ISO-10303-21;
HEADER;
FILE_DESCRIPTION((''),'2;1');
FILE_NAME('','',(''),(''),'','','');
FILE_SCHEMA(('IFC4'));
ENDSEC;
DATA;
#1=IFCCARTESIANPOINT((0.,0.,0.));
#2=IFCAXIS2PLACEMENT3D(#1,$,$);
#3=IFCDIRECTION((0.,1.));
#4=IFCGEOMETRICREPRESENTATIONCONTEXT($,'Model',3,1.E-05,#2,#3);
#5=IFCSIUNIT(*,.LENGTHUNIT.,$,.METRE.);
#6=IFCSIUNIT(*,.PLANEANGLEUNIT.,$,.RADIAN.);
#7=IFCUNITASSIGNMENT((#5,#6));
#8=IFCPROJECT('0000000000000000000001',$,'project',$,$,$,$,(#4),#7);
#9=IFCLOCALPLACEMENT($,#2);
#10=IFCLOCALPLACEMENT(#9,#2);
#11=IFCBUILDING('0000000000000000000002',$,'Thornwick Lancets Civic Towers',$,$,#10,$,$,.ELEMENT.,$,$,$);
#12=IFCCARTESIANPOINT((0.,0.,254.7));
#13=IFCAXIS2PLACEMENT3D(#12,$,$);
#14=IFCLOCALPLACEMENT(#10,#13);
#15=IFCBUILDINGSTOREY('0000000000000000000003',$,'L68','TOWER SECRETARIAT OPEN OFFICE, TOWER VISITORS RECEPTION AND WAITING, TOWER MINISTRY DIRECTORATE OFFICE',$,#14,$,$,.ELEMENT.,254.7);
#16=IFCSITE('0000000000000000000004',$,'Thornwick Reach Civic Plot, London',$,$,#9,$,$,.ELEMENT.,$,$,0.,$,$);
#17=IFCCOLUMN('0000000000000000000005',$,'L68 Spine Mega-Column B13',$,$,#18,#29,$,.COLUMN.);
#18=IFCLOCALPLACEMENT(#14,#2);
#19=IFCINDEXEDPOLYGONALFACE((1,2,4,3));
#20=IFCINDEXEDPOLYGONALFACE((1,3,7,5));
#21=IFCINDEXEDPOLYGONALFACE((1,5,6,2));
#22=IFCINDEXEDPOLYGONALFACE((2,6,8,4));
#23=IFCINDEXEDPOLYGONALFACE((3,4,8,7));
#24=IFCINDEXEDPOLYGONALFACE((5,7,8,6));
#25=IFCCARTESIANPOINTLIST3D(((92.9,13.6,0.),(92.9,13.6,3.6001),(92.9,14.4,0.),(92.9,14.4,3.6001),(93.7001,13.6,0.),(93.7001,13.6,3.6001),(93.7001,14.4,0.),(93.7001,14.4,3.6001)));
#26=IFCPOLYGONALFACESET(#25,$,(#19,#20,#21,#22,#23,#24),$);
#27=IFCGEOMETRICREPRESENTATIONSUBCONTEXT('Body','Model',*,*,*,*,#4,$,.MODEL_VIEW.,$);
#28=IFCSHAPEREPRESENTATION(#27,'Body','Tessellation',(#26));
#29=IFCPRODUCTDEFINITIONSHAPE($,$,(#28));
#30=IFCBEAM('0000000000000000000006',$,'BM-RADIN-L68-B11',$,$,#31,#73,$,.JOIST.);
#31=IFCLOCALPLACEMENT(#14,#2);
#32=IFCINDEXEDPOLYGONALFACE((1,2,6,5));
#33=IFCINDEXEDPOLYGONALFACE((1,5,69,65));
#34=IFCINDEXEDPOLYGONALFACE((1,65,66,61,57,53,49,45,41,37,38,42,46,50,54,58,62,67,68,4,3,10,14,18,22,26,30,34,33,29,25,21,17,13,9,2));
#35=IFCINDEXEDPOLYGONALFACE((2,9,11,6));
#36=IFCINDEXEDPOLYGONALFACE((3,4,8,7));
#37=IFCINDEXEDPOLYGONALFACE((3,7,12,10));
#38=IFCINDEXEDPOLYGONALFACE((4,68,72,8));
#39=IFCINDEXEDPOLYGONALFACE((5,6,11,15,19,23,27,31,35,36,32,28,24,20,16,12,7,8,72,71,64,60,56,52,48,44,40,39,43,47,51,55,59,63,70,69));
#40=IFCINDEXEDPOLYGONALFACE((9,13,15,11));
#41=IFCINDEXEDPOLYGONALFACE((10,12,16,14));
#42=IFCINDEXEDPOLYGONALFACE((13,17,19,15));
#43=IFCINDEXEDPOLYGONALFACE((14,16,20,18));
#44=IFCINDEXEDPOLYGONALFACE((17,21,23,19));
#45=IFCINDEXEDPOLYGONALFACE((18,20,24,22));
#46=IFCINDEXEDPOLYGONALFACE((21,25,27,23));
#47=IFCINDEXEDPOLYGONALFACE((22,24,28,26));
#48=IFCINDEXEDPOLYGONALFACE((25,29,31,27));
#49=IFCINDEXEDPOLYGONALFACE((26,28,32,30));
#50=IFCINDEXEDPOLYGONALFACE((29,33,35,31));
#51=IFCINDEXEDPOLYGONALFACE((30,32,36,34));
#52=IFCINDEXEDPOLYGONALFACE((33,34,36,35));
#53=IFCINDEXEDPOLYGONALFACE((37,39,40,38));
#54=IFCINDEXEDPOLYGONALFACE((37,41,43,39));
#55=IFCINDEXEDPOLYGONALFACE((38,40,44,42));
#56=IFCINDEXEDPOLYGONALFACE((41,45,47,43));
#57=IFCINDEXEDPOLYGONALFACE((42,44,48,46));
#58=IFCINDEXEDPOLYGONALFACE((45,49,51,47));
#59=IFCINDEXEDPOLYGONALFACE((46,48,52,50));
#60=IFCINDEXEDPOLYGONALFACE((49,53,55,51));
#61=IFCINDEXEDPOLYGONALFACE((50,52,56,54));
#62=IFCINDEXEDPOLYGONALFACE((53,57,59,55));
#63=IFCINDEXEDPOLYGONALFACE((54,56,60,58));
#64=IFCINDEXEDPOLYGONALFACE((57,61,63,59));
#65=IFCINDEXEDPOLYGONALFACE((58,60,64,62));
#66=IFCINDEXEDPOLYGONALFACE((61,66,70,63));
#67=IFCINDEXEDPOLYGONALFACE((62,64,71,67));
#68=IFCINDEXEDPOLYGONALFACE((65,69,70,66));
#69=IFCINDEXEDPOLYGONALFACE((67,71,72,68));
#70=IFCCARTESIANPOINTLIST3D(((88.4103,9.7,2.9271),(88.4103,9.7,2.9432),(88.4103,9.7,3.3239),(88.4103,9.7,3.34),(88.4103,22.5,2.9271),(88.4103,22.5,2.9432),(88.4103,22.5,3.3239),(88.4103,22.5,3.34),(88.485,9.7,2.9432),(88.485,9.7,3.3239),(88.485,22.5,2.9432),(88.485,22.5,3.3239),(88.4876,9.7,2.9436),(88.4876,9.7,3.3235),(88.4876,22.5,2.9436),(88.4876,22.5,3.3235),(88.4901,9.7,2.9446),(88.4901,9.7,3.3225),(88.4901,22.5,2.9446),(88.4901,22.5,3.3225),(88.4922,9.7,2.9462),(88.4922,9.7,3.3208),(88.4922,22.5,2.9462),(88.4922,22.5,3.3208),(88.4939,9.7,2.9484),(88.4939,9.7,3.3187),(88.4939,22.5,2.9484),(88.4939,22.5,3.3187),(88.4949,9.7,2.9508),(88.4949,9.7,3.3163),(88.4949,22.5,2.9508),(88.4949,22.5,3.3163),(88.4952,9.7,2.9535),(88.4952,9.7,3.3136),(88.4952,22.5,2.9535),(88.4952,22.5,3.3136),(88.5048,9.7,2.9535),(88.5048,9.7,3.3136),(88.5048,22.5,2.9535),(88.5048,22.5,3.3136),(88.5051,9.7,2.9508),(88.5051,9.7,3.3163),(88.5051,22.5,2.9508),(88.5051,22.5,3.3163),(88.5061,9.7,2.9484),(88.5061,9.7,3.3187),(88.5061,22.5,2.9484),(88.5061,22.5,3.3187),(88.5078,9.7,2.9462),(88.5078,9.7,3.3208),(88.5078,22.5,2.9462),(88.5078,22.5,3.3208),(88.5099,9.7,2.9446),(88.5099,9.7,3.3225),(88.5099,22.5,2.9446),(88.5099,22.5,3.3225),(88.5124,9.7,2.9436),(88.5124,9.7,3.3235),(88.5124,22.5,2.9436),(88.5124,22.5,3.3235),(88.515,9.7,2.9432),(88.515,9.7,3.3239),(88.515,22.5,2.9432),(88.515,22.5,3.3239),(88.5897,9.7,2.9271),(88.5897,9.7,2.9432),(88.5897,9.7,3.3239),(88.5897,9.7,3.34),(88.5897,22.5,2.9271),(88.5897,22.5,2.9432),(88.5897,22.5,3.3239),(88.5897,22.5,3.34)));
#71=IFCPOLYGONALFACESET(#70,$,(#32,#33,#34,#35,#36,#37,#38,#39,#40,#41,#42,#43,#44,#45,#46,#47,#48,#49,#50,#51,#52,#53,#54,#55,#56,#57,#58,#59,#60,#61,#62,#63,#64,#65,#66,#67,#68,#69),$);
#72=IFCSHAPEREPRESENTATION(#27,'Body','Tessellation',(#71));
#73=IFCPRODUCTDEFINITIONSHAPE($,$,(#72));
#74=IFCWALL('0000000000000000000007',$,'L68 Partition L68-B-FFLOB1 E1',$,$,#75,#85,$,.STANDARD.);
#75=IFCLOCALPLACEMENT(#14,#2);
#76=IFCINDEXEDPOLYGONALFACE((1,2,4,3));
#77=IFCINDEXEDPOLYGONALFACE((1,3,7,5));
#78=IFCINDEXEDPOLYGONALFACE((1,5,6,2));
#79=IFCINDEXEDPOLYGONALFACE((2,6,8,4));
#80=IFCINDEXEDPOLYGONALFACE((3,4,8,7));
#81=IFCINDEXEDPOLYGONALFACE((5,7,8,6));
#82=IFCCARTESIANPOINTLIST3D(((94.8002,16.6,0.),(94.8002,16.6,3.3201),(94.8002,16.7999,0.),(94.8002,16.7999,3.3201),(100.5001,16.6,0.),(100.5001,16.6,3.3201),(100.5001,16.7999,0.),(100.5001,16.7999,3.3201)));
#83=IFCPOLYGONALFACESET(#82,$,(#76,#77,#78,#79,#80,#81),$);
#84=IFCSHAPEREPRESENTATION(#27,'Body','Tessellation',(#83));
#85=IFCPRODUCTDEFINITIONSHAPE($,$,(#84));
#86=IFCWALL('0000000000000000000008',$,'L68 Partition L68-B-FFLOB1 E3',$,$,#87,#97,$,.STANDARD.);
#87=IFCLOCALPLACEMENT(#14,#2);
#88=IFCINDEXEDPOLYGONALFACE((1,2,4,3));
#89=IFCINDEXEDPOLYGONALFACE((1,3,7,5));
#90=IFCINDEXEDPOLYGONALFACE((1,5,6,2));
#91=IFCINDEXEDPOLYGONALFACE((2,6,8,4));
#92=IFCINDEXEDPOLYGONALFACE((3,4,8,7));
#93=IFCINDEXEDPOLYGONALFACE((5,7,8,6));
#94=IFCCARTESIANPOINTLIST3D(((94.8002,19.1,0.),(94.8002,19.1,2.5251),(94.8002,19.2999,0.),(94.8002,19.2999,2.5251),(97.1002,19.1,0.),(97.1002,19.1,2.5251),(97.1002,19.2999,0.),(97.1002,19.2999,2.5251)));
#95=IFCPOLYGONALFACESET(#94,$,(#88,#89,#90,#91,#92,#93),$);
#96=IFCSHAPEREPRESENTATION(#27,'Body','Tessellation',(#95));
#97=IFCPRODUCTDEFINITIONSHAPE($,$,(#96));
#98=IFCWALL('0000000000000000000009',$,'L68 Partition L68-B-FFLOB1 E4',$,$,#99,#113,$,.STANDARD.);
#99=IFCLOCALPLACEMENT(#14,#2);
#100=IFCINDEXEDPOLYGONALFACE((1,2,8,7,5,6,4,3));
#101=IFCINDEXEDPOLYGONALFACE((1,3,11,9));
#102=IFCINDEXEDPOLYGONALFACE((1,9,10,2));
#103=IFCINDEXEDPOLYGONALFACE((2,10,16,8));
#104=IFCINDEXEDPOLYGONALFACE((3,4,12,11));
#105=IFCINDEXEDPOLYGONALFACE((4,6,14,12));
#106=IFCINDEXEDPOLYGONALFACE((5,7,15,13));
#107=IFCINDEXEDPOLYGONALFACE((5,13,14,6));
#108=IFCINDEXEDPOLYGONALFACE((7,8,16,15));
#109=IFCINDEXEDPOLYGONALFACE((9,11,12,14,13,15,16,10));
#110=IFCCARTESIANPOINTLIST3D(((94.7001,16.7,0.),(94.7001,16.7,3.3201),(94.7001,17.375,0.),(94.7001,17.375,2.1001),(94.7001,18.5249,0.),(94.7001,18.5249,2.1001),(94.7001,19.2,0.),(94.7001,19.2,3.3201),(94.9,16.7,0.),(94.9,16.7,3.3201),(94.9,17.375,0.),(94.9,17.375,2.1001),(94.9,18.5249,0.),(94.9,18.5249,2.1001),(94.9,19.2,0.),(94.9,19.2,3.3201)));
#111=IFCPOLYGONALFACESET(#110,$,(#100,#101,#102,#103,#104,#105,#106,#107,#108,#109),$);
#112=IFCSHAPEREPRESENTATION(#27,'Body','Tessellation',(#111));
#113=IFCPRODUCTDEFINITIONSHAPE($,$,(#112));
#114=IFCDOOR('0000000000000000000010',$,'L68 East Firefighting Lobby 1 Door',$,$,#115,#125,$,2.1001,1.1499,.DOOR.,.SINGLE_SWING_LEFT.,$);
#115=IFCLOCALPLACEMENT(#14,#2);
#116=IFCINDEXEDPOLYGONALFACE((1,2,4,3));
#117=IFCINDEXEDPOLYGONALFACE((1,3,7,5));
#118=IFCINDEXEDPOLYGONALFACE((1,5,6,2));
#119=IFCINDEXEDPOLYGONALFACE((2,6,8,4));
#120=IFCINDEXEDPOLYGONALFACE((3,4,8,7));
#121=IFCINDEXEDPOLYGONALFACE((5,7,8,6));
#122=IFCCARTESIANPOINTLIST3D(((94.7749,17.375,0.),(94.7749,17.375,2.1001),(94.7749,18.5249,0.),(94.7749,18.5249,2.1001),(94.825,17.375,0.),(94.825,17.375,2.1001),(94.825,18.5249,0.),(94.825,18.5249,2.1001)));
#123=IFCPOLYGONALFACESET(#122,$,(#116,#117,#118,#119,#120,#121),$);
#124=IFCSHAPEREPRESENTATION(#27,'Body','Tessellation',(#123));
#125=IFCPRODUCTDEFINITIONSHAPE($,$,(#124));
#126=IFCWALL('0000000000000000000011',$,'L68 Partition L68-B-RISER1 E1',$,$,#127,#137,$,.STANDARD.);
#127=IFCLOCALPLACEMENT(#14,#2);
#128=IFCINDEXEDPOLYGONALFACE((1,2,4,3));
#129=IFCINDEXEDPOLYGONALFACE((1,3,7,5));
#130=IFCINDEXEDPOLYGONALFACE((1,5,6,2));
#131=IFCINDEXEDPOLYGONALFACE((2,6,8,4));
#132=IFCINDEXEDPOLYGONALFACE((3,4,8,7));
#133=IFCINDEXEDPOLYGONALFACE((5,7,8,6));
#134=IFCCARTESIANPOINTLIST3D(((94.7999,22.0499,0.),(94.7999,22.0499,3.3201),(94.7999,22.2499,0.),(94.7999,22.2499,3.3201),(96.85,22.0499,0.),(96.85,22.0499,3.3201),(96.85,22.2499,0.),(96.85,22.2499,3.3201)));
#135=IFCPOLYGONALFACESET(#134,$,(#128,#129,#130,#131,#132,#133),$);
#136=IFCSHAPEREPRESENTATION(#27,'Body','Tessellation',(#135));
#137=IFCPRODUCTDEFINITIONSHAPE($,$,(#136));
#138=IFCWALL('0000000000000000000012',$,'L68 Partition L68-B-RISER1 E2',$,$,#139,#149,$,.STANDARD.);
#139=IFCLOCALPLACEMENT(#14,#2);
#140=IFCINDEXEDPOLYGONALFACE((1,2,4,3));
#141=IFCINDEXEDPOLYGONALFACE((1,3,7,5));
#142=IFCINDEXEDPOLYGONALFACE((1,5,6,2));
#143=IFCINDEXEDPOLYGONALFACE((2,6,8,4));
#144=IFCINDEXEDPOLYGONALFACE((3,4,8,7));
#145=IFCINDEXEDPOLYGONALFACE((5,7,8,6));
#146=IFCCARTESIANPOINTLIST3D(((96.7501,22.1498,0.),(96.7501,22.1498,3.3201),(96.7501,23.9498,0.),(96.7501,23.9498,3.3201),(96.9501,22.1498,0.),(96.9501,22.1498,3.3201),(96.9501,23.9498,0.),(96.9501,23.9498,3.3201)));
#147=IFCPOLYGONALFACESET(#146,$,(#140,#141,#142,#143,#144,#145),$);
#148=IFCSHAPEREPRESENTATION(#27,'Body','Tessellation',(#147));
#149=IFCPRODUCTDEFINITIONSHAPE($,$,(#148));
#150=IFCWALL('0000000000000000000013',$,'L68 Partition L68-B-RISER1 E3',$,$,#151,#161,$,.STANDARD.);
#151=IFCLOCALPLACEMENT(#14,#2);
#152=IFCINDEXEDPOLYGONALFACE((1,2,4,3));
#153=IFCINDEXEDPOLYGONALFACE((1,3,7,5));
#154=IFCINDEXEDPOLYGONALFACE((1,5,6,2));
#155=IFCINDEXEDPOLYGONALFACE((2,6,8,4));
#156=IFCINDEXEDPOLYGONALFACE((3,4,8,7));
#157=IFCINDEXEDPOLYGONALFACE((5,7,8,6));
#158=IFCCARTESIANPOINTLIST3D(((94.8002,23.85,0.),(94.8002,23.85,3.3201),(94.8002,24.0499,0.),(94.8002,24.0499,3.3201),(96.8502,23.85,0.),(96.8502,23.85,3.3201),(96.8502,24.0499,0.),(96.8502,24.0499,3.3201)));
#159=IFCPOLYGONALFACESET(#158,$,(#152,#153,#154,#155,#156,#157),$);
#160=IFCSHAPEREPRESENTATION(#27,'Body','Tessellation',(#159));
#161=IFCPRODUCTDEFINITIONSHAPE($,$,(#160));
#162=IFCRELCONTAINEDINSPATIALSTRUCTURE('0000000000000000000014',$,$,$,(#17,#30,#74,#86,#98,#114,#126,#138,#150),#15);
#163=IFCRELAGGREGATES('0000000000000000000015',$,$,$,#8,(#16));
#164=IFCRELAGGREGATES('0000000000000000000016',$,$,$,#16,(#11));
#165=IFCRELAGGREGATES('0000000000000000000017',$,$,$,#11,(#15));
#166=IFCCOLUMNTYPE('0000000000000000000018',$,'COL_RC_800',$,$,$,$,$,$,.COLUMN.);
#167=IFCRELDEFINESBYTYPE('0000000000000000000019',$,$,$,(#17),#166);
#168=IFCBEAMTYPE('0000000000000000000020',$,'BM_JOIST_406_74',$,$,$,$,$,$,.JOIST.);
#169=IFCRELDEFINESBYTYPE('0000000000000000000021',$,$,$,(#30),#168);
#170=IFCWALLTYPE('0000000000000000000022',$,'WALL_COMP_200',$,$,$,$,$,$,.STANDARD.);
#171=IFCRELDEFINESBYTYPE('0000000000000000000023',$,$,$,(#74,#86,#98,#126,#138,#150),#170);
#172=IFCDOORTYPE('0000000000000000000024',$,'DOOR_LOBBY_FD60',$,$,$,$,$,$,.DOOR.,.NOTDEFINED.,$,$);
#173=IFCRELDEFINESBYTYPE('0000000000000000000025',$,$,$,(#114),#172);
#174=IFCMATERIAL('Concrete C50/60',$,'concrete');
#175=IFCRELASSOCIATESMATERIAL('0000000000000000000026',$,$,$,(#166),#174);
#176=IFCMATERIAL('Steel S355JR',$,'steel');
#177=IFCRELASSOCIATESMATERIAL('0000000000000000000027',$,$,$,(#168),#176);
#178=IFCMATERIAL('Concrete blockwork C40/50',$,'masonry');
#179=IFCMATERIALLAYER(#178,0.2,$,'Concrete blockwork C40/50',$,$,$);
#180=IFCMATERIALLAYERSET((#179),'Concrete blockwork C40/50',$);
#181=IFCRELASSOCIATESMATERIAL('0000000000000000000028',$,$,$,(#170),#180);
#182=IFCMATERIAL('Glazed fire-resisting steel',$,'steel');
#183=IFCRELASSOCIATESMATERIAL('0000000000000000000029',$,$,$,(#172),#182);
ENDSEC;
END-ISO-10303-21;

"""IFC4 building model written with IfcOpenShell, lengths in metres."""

from ifc_helpers import new_model, si_unit, direction, frame, frame_2d, origin, origin_2d, place, context, subcontext, project, spatial, rectangle, i_section, extrude, material, layer, layer_set, material_profile, profile_set, type_object, element, fill, save


model = new_model("IFC4")

# Units and contexts
model_context = context("Model", 3, precision=1e-05, world=origin(), true_north=direction((0.0, 1.0)))
body_context = subcontext(model_context, "Body", "Model", "MODEL_VIEW")
ifc_project = project(units=[si_unit("LENGTHUNIT", "METRE"), si_unit("PLANEANGLEUNIT", "RADIAN")], contexts=[model_context])

# Site, building, storey
site_placement = place(None, origin())
site = spatial("IfcSite", under=ifc_project, at=site_placement, Name="Thornwick Reach Civic Plot, London", CompositionType="ELEMENT", RefElevation=0.0)
building_placement = place(site_placement, origin())
building = spatial("IfcBuilding", under=site, at=building_placement, Name="Thornwick Lancets Civic Towers", CompositionType="ELEMENT")
storey_placement = place(building_placement, frame((0.0, 0.0, 254.7)))
storey = spatial("IfcBuildingStorey", under=building, at=storey_placement, Name="L68", Description="TOWER SECRETARIAT OPEN OFFICE, TOWER VISITORS RECEPTION AND WAITING, TOWER MINISTRY DIRECTORATE OFFICE", CompositionType="ELEMENT", Elevation=254.7)

# Column
ifc_material_1 = material(Name="Concrete C50/60", Category="concrete")
ifc_material_profile_1 = material_profile(ifc_material_1, rectangle(XDim=0.8, YDim=0.8, at=origin_2d()), Name="RC 800x800")
ifc_profile_set_1 = profile_set([ifc_material_profile_1], Name="Concrete C50/60")
column_type = type_object("IfcColumnType", Name="COL_RC_800", PredefinedType="COLUMN", material=ifc_profile_set_1)
column_placement = place(storey_placement, frame((93.3, 14.0, 0.0), z_axis=(0.0, 0.0, 1.0), x_axis=(1.0, 0.0, 0.0)))
element("IfcColumn", 1, at=column_placement, inside=storey, type_object=column_type, Name="L68 Spine Mega-Column B13", PredefinedType="COLUMN", context=body_context, shape_type="SweptSolid", body=[
    extrude(rectangle(XDim=0.8, YDim=0.8, at=origin_2d()), origin(), (0.0, 0.0, 1.0), 3.6001),
])

# Beam
ifc_material_2 = material(Name="Steel S355JR", Category="steel")
ifc_material_profile_2 = material_profile(ifc_material_2, i_section(OverallWidth=0.1794, OverallDepth=0.4128, WebThickness=0.0095, FlangeThickness=0.0161, FilletRadius=0.0103, at=origin_2d()), Name="UKB 406x178x74")
ifc_profile_set_2 = profile_set([ifc_material_profile_2], Name="Steel S355JR")
beam_type = type_object("IfcBeamType", Name="BM_JOIST_406_74", PredefinedType="JOIST", material=ifc_profile_set_2)
beam_placement = place(storey_placement, frame((88.5, 22.5, 3.1335), z_axis=(0.0, -1.0, 0.0), x_axis=(1.0, 0.0, 0.0)))
element("IfcBeam", 2, at=beam_placement, inside=storey, type_object=beam_type, Name="BM-RADIN-L68-B11", PredefinedType="JOIST", context=body_context, shape_type="SweptSolid", body=[
    extrude(i_section(OverallWidth=0.1794, OverallDepth=0.4128, WebThickness=0.0095, FlangeThickness=0.0161, FilletRadius=0.0103, at=origin_2d()), origin(), (0.0, 0.0, 1.0), 12.8),
])

# Walls
ifc_material_3 = material(Name="Concrete blockwork C40/50", Category="masonry")
ifc_layer_1 = layer(ifc_material_3, 0.2, Name="Concrete blockwork C40/50")
ifc_layer_set_1 = layer_set([ifc_layer_1], Name="Concrete blockwork C40/50")
wall_type_1 = type_object("IfcWallType", Name="WALL_COMP_200", PredefinedType="STANDARD", material=ifc_layer_set_1)
wall_1_placement = place(storey_placement, frame((94.8, 16.7, 0.0), z_axis=(0.0, 0.0, 1.0), x_axis=(1.0, 0.0, 0.0)))
element("IfcWall", 3, at=wall_1_placement, inside=storey, type_object=wall_type_1, Name="L68 Partition L68-B-FFLOB1 E1", PredefinedType="STANDARD", context=body_context, shape_type="SweptSolid", body=[
    extrude(rectangle(XDim=5.7, YDim=0.2, at=frame_2d((2.8501, 0.0))), origin(), (0.0, 0.0, 1.0), 3.3201),
])
wall_2_placement = place(storey_placement, frame((97.1001, 19.2, 0.0), z_axis=(0.0, 0.0, 1.0), x_axis=(-1.0, 0.0, 0.0)))
element("IfcWall", 4, at=wall_2_placement, inside=storey, type_object=wall_type_1, Name="L68 Partition L68-B-FFLOB1 E3", PredefinedType="STANDARD", context=body_context, shape_type="SweptSolid", body=[
    extrude(rectangle(XDim=2.3, YDim=0.2, at=frame_2d((1.1499, 0.0))), origin(), (0.0, 0.0, 1.0), 2.5251),
])

# Wall, opening, door
wall_3_placement = place(storey_placement, frame((94.8, 19.2, 0.0), z_axis=(0.0, 0.0, 1.0), x_axis=(0.0, -1.0, 0.0)))
wall_3 = element("IfcWall", 5, at=wall_3_placement, inside=storey, type_object=wall_type_1, Name="L68 Partition L68-B-FFLOB1 E4", PredefinedType="STANDARD", context=body_context, shape_type="SweptSolid", body=[
    extrude(rectangle(XDim=2.5, YDim=0.2, at=frame_2d((1.25, 0.0))), origin(), (0.0, 0.0, 1.0), 3.3201),
])
opening_1_placement = place(wall_3_placement, frame((0.675, 0.0, 0.0)))
opening_1 = element("IfcOpeningElement", 6, at=opening_1_placement, cuts=wall_3, PredefinedType="OPENING", context=body_context, shape_type="SweptSolid", body=[
    extrude(rectangle(XDim=1.1499, YDim=2.1001, at=frame_2d((0.575, 1.05))), frame((0.0, 0.1099, 0.0), z_axis=(0.0, -1.0, 0.0), x_axis=(1.0, 0.0, 0.0)), (0.0, 0.0, 1.0), 0.22),
])
ifc_material_4 = material(Name="Glazed fire-resisting steel", Category="steel")
door_type_1 = type_object("IfcDoorType", Name="DOOR_LOBBY_FD60", OperationType="NOTDEFINED", PredefinedType="DOOR", material=ifc_material_4)
door_1_placement = place(opening_1_placement, origin())
door_1 = element("IfcDoor", 7, at=door_1_placement, inside=storey, type_object=door_type_1, Name="L68 East Firefighting Lobby 1 Door", OperationType="SINGLE_SWING_LEFT", OverallHeight=2.1001, OverallWidth=1.1499, PredefinedType="DOOR", context=body_context, shape_type="SweptSolid", body=[
    extrude(rectangle(XDim=1.1499, YDim=2.1001, at=frame_2d((0.575, 1.05))), frame((0.0, 0.0249, 0.0), z_axis=(0.0, -1.0, 0.0), x_axis=(1.0, 0.0, 0.0)), (0.0, 0.0, 1.0), 0.05),
])
fill(opening_1, door_1)

# Walls
wall_4_placement = place(storey_placement, frame((94.8, 22.1499, 0.0), z_axis=(0.0, 0.0, 1.0), x_axis=(1.0, 0.0, 0.0)))
element("IfcWall", 8, at=wall_4_placement, inside=storey, type_object=wall_type_1, Name="L68 Partition L68-B-RISER1 E1", PredefinedType="STANDARD", context=body_context, shape_type="SweptSolid", body=[
    extrude(rectangle(XDim=2.05, YDim=0.2, at=frame_2d((1.0249, 0.0))), origin(), (0.0, 0.0, 1.0), 3.3201),
])
wall_5_placement = place(storey_placement, frame((96.8501, 22.1499, 0.0), z_axis=(0.0, 0.0, 1.0), x_axis=(0.0, 1.0, 0.0)))
element("IfcWall", 9, at=wall_5_placement, inside=storey, type_object=wall_type_1, Name="L68 Partition L68-B-RISER1 E2", PredefinedType="STANDARD", context=body_context, shape_type="SweptSolid", body=[
    extrude(rectangle(XDim=1.8, YDim=0.2, at=frame_2d((0.8999, 0.0))), origin(), (0.0, 0.0, 1.0), 3.3201),
])
wall_6_placement = place(storey_placement, frame((96.8501, 23.95, 0.0), z_axis=(0.0, 0.0, 1.0), x_axis=(-1.0, 0.0, 0.0)))
element("IfcWall", 10, at=wall_6_placement, inside=storey, type_object=wall_type_1, Name="L68 Partition L68-B-RISER1 E3", PredefinedType="STANDARD", context=body_context, shape_type="SweptSolid", body=[
    extrude(rectangle(XDim=2.05, YDim=0.2, at=frame_2d((1.0249, 0.0))), origin(), (0.0, 0.0, 1.0), 3.3201),
])

save(model, "model.ifc")
